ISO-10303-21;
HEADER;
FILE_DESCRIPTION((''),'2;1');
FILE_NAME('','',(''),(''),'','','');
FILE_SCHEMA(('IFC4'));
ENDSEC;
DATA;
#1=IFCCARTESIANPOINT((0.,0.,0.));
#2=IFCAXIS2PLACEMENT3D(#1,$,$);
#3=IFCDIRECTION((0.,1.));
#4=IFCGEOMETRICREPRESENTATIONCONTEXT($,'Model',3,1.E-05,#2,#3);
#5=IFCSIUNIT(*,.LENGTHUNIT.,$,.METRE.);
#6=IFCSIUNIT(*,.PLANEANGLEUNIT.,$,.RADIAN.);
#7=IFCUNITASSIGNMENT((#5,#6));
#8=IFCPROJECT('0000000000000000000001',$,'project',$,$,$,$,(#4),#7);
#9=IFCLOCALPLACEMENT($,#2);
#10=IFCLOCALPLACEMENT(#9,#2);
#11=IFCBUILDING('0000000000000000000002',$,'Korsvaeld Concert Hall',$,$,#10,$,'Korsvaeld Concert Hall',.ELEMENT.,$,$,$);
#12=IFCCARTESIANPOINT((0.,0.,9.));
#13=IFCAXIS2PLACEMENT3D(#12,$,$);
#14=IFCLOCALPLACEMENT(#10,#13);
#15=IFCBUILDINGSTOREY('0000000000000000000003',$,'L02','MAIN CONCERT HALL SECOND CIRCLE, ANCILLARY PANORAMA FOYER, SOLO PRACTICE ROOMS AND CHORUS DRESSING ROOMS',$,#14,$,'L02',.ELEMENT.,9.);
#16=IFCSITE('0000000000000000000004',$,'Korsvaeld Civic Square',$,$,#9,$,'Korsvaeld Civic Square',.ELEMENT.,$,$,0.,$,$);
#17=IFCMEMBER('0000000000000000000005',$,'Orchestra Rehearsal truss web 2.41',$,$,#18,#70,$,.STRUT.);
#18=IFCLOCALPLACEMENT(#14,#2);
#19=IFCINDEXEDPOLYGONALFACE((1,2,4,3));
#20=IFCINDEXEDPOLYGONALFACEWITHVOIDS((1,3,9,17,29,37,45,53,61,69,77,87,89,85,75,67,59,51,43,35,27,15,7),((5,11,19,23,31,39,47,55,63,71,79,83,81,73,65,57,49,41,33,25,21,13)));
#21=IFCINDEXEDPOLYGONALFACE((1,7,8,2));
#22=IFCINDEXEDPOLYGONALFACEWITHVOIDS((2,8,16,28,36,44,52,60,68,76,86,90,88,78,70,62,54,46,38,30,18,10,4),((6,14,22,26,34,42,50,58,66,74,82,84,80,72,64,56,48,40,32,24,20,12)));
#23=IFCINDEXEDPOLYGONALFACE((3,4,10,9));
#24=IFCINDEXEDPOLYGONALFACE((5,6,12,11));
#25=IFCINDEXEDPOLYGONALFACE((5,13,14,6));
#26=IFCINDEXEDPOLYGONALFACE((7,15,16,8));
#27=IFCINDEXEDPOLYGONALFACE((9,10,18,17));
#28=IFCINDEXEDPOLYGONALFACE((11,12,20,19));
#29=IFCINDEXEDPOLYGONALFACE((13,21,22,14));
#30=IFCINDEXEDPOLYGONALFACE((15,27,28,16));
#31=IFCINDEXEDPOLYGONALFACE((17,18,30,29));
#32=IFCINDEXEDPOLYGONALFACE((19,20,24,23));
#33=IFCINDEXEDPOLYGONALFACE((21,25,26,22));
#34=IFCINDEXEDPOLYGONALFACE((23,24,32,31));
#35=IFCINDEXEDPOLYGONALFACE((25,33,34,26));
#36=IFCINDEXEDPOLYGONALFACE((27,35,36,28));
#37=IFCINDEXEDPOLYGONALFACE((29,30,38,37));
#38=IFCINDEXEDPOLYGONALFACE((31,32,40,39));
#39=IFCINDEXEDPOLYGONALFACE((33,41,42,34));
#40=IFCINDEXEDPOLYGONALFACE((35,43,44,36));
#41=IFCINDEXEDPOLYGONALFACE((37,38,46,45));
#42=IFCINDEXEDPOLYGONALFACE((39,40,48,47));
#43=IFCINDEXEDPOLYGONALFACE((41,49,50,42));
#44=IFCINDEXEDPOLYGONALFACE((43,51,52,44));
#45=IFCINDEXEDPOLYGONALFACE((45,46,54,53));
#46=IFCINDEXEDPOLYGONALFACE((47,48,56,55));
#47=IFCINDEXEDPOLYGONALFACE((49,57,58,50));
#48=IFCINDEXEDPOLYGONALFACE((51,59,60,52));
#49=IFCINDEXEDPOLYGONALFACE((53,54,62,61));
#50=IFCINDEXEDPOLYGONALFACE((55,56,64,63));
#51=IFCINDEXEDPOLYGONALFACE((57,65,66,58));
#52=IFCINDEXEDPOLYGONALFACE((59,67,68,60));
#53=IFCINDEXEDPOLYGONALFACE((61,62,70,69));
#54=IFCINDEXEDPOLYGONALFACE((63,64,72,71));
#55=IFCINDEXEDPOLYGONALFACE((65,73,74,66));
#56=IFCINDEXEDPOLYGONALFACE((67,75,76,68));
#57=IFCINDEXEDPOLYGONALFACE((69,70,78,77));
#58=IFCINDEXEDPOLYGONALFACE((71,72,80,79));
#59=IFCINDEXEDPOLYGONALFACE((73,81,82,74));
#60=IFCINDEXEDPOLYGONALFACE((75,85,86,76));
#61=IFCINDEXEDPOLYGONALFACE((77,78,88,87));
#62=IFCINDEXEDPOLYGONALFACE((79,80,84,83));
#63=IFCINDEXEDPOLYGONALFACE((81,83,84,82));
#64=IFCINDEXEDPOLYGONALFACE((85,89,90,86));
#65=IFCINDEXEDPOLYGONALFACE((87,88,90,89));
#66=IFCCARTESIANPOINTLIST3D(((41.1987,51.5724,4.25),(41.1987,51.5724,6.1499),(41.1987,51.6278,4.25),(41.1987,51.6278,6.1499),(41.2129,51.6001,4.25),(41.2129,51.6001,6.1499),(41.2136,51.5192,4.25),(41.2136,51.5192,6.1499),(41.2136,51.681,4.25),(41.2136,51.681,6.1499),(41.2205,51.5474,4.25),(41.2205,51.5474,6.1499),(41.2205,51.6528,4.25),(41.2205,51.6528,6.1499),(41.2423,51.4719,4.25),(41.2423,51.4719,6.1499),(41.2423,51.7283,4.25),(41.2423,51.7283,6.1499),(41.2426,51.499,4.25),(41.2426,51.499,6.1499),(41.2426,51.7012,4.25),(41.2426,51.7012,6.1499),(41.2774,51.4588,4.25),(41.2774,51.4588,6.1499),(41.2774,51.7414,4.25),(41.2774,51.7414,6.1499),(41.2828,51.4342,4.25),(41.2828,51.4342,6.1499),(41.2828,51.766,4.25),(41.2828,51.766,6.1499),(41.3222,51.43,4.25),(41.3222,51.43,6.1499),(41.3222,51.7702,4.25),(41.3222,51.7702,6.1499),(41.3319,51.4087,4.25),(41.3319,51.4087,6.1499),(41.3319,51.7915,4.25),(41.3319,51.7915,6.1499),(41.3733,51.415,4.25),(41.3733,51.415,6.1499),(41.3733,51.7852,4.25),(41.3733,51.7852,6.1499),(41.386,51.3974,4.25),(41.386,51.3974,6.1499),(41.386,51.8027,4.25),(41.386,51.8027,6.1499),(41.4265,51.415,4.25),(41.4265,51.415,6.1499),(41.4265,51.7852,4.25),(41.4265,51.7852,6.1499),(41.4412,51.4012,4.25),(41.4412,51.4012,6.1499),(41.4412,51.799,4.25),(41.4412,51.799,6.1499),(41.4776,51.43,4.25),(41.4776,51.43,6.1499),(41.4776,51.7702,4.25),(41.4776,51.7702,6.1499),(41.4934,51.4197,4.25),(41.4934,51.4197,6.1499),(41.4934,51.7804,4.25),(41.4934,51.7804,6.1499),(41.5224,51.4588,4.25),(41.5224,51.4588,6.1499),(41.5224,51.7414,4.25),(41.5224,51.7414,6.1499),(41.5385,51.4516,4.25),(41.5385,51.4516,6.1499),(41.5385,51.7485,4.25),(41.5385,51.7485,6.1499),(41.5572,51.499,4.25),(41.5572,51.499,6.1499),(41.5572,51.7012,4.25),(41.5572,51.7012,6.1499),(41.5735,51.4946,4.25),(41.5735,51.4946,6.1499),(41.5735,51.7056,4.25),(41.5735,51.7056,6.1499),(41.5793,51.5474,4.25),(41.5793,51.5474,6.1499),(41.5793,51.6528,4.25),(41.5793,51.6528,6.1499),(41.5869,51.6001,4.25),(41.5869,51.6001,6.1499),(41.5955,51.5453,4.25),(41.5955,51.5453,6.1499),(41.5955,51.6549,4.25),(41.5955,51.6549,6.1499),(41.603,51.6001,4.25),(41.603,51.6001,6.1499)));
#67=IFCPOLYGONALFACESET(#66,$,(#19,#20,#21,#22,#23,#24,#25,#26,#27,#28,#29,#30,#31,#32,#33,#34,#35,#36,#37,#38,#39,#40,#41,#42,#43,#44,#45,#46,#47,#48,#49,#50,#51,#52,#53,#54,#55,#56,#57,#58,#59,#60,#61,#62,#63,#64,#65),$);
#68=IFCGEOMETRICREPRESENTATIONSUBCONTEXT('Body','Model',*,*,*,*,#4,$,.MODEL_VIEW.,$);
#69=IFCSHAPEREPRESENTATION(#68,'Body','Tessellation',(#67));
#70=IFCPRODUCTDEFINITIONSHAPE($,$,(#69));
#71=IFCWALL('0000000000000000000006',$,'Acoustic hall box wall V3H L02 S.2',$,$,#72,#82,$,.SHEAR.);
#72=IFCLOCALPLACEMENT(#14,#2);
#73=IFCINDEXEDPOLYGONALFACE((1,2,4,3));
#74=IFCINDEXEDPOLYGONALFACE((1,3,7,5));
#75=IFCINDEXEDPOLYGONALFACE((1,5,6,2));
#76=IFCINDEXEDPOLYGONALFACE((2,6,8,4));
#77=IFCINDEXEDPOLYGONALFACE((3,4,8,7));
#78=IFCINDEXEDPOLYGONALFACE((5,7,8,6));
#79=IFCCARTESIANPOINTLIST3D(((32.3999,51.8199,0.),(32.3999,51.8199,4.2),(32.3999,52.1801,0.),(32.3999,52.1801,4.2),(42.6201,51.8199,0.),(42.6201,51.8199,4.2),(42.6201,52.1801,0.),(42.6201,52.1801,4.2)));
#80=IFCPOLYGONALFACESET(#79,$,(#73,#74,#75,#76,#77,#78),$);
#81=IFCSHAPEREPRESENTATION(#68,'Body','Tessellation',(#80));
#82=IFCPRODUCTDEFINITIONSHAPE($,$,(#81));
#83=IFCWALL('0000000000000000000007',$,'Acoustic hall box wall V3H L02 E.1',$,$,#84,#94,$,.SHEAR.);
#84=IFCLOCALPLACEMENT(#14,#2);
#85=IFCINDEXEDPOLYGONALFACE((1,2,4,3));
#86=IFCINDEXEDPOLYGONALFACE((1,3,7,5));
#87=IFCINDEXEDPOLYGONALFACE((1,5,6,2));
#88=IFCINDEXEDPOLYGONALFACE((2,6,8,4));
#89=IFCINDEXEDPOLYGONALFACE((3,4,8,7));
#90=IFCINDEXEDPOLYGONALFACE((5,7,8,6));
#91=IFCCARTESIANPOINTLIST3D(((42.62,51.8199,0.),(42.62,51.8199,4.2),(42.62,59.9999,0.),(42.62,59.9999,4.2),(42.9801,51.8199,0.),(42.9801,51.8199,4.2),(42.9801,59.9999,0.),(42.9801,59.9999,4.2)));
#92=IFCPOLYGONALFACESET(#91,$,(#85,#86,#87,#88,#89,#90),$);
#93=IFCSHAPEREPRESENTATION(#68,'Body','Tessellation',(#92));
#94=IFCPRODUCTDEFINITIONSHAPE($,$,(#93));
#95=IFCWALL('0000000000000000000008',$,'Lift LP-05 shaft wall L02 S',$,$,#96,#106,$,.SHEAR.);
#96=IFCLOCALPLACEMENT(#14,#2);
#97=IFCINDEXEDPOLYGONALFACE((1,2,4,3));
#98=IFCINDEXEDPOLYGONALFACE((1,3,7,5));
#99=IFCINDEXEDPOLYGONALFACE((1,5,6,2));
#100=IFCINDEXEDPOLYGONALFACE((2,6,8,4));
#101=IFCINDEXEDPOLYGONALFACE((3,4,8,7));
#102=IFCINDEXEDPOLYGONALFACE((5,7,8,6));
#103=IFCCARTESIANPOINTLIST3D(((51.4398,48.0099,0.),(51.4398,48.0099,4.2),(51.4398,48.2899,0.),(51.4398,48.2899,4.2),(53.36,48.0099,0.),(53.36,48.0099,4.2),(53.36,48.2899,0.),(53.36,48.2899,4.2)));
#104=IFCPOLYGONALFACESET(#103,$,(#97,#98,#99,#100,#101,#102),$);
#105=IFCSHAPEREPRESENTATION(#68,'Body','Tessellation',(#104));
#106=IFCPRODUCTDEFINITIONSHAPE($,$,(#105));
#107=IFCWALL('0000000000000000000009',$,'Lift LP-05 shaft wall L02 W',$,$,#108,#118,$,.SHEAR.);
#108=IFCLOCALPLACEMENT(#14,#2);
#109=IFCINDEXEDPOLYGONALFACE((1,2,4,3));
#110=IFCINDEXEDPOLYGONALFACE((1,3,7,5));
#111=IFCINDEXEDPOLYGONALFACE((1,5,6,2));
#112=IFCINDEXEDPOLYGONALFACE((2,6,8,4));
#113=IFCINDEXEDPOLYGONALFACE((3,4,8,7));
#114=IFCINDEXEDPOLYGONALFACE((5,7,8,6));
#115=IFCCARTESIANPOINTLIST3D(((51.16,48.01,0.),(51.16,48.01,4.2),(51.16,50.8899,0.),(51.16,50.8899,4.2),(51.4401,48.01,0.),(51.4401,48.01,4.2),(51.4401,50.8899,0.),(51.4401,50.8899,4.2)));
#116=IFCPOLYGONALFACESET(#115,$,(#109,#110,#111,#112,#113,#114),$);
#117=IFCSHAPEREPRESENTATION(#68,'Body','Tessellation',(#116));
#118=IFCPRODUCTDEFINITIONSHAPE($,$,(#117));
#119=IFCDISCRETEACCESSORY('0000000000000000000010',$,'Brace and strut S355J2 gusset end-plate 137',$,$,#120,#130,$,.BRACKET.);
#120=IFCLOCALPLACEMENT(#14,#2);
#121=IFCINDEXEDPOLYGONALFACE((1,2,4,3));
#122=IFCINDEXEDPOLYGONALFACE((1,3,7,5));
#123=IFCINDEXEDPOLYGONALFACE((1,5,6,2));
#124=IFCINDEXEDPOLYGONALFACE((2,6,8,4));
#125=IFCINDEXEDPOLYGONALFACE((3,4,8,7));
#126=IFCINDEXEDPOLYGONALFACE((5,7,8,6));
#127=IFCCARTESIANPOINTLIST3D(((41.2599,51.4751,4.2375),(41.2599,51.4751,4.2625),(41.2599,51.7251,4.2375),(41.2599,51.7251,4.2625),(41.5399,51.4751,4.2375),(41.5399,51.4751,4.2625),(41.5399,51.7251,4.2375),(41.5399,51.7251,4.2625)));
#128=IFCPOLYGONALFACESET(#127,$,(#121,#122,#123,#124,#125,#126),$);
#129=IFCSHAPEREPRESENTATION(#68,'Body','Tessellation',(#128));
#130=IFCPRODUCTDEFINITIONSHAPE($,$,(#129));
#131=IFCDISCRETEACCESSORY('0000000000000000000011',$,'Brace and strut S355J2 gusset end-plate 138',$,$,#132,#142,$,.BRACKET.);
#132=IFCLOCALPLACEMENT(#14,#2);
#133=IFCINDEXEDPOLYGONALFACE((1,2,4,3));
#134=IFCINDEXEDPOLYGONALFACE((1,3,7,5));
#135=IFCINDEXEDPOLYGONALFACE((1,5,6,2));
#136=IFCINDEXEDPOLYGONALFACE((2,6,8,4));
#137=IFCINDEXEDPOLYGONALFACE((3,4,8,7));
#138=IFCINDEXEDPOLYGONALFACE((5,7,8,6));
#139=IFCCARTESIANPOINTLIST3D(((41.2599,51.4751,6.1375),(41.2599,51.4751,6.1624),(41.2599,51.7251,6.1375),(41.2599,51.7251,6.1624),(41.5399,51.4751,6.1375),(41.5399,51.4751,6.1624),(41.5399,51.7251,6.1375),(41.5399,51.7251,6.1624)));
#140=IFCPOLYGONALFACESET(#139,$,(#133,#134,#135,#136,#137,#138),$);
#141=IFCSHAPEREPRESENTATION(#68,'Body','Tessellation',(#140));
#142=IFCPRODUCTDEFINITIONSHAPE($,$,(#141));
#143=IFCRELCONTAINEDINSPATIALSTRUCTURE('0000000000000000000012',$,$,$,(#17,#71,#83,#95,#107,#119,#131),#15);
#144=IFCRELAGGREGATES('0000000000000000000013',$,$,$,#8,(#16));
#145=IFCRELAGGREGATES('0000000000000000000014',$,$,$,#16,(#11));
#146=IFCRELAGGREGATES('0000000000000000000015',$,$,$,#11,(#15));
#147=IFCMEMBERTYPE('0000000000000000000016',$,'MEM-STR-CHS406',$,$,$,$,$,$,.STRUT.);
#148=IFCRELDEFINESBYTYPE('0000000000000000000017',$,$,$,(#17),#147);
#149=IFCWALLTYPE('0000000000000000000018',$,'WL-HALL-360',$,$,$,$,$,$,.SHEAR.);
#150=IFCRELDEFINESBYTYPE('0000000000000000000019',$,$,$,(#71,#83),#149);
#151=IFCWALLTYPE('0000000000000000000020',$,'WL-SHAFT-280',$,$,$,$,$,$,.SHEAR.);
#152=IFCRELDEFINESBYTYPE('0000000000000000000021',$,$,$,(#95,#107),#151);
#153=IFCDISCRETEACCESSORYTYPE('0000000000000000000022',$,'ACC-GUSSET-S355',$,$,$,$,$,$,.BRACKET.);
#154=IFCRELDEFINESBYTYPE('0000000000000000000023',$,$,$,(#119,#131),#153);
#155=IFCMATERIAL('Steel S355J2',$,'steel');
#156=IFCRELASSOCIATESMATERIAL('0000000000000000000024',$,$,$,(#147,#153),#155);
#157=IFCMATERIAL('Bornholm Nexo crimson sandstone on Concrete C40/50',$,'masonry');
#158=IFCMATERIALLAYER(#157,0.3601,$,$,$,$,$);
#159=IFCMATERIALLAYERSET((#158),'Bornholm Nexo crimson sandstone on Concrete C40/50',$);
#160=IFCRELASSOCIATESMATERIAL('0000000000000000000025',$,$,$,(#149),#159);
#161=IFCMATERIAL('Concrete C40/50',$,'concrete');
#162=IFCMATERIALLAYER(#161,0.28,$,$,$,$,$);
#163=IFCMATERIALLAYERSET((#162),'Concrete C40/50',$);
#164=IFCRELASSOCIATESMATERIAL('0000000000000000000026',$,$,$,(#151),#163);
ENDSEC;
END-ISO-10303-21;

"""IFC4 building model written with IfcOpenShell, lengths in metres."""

from ifc_helpers import new_model, si_unit, direction, frame, frame_2d, origin, origin_2d, place, context, subcontext, project, spatial, rectangle, hollow_circle, extrude, material, layer, layer_set, material_profile, profile_set, type_object, element, save


model = new_model("IFC4")

# Units and contexts
model_context = context("Model", 3, precision=1e-05, world=origin(), true_north=direction((0.0, 1.0)))
body_context = subcontext(model_context, "Body", "Model", "MODEL_VIEW")
ifc_project = project(units=[si_unit("LENGTHUNIT", "METRE"), si_unit("PLANEANGLEUNIT", "RADIAN")], contexts=[model_context])

# Site, building, storey
site_placement = place(None, origin())
site = spatial("IfcSite", under=ifc_project, at=site_placement, Name="Korsvaeld Civic Square", LongName="Korsvaeld Civic Square", CompositionType="ELEMENT", RefElevation=0.0)
building_placement = place(site_placement, origin())
building = spatial("IfcBuilding", under=site, at=building_placement, Name="Korsvaeld Concert Hall", LongName="Korsvaeld Concert Hall", CompositionType="ELEMENT")
storey_placement = place(building_placement, frame((0.0, 0.0, 9.0)))
storey = spatial("IfcBuildingStorey", under=building, at=storey_placement, Name="L02", Description="MAIN CONCERT HALL SECOND CIRCLE, ANCILLARY PANORAMA FOYER, SOLO PRACTICE ROOMS AND CHORUS DRESSING ROOMS", LongName="L02", CompositionType="ELEMENT", Elevation=9.0)

# Shared definitions
ifc_material_1 = material(Name="Concrete C40/50", Category="concrete")

# Member
ifc_material_2 = material(Name="Steel S355J2", Category="steel")
ifc_material_profile_1 = material_profile(ifc_material_2, hollow_circle(Radius=0.2031, WallThickness=0.0161, at=origin_2d()), Name="CHS 406.4x16")
ifc_profile_set_1 = profile_set([ifc_material_profile_1], Name="Steel S355J2")
member_type_1 = type_object("IfcMemberType", Name="MEM-STR-CHS406", PredefinedType="STRUT", material=ifc_profile_set_1)
member_1_placement = place(storey_placement, frame((41.3999, 51.6001, 4.25), z_axis=(0.0, 0.0, 1.0), x_axis=(1.0, 0.0, 0.0)))
element("IfcMember", 1, at=member_1_placement, inside=storey, type_object=member_type_1, Name="Orchestra Rehearsal truss web 2.41", PredefinedType="STRUT", context=body_context, shape_type="SweptSolid", body=[
    extrude(hollow_circle(Radius=0.2031, WallThickness=0.0161, at=origin_2d()), origin(), (0.0, 0.0, 1.0), 1.8999),
])

# Walls
ifc_material_3 = material(Name="Bornholm Nexo crimson sandstone on Concrete C40/50", Category="masonry")
ifc_layer_1 = layer(ifc_material_3, 0.3601)
ifc_layer_set_1 = layer_set([ifc_layer_1], Name="Bornholm Nexo crimson sandstone on Concrete C40/50")
wall_type_1 = type_object("IfcWallType", Name="WL-HALL-360", PredefinedType="SHEAR", material=ifc_layer_set_1)
wall_1_placement = place(storey_placement, frame((32.3999, 52.0, 0.0), z_axis=(0.0, 0.0, 1.0), x_axis=(1.0, 0.0, 0.0)))
element("IfcWall", 2, at=wall_1_placement, inside=storey, type_object=wall_type_1, Name="Acoustic hall box wall V3H L02 S.2", PredefinedType="SHEAR", context=body_context, shape_type="SweptSolid", body=[
    extrude(rectangle(XDim=10.2202, YDim=0.3601, at=frame_2d((5.1101, 0.0))), origin(), (0.0, 0.0, 1.0), 4.2),
])
wall_2_placement = place(storey_placement, frame((42.8, 51.8201, 0.0), z_axis=(0.0, 0.0, 1.0), x_axis=(0.0, 1.0, 0.0)))
element("IfcWall", 3, at=wall_2_placement, inside=storey, type_object=wall_type_1, Name="Acoustic hall box wall V3H L02 E.1", PredefinedType="SHEAR", context=body_context, shape_type="SweptSolid", body=[
    extrude(rectangle(XDim=8.1799, YDim=0.3601, at=frame_2d((4.0898, 0.0))), origin(), (0.0, 0.0, 1.0), 4.2),
])
ifc_layer_2 = layer(ifc_material_1, 0.28)
ifc_layer_set_2 = layer_set([ifc_layer_2], Name="Concrete C40/50")
wall_type_2 = type_object("IfcWallType", Name="WL-SHAFT-280", PredefinedType="SHEAR", material=ifc_layer_set_2)
wall_3_placement = place(storey_placement, frame((51.4399, 48.1499, 0.0), z_axis=(0.0, 0.0, 1.0), x_axis=(1.0, 0.0, 0.0)))
element("IfcWall", 4, at=wall_3_placement, inside=storey, type_object=wall_type_2, Name="Lift LP-05 shaft wall L02 S", PredefinedType="SHEAR", context=body_context, shape_type="SweptSolid", body=[
    extrude(rectangle(XDim=1.9202, YDim=0.28, at=frame_2d((0.96, 0.0))), origin(), (0.0, 0.0, 1.0), 4.2),
])
wall_4_placement = place(storey_placement, frame((51.3, 50.8899, 0.0), z_axis=(0.0, 0.0, 1.0), x_axis=(0.0, -1.0, 0.0)))
element("IfcWall", 5, at=wall_4_placement, inside=storey, type_object=wall_type_2, Name="Lift LP-05 shaft wall L02 W", PredefinedType="SHEAR", context=body_context, shape_type="SweptSolid", body=[
    extrude(rectangle(XDim=2.8799, YDim=0.28, at=frame_2d((1.4399, 0.0))), origin(), (0.0, 0.0, 1.0), 4.2),
])

# Discrete accessories
discrete_accessory_type = type_object("IfcDiscreteAccessoryType", Name="ACC-GUSSET-S355", PredefinedType="BRACKET", material=ifc_material_2)
for number, where, z_axis, x_axis, name in (
    (6, (41.3999, 51.6001, 4.2375), (0.0, 0.0, 1.0), (1.0, 0.0, 0.0), "Brace and strut S355J2 gusset end-plate 137"),
    (7, (41.3999, 51.6001, 6.1375), (0.0, 0.0, 1.0), (1.0, 0.0, 0.0), "Brace and strut S355J2 gusset end-plate 138"),
):
    element("IfcDiscreteAccessory", number, at=place(storey_placement, frame(where, z_axis=z_axis, x_axis=x_axis)), inside=storey, type_object=discrete_accessory_type, Name=name, PredefinedType="BRACKET", context=body_context, shape_type="SweptSolid", body=[
        extrude(rectangle(XDim=0.28, YDim=0.25, at=origin_2d()), origin(), (0.0, 0.0, 1.0), 0.0249),
    ])

save(model, "model.ifc")
